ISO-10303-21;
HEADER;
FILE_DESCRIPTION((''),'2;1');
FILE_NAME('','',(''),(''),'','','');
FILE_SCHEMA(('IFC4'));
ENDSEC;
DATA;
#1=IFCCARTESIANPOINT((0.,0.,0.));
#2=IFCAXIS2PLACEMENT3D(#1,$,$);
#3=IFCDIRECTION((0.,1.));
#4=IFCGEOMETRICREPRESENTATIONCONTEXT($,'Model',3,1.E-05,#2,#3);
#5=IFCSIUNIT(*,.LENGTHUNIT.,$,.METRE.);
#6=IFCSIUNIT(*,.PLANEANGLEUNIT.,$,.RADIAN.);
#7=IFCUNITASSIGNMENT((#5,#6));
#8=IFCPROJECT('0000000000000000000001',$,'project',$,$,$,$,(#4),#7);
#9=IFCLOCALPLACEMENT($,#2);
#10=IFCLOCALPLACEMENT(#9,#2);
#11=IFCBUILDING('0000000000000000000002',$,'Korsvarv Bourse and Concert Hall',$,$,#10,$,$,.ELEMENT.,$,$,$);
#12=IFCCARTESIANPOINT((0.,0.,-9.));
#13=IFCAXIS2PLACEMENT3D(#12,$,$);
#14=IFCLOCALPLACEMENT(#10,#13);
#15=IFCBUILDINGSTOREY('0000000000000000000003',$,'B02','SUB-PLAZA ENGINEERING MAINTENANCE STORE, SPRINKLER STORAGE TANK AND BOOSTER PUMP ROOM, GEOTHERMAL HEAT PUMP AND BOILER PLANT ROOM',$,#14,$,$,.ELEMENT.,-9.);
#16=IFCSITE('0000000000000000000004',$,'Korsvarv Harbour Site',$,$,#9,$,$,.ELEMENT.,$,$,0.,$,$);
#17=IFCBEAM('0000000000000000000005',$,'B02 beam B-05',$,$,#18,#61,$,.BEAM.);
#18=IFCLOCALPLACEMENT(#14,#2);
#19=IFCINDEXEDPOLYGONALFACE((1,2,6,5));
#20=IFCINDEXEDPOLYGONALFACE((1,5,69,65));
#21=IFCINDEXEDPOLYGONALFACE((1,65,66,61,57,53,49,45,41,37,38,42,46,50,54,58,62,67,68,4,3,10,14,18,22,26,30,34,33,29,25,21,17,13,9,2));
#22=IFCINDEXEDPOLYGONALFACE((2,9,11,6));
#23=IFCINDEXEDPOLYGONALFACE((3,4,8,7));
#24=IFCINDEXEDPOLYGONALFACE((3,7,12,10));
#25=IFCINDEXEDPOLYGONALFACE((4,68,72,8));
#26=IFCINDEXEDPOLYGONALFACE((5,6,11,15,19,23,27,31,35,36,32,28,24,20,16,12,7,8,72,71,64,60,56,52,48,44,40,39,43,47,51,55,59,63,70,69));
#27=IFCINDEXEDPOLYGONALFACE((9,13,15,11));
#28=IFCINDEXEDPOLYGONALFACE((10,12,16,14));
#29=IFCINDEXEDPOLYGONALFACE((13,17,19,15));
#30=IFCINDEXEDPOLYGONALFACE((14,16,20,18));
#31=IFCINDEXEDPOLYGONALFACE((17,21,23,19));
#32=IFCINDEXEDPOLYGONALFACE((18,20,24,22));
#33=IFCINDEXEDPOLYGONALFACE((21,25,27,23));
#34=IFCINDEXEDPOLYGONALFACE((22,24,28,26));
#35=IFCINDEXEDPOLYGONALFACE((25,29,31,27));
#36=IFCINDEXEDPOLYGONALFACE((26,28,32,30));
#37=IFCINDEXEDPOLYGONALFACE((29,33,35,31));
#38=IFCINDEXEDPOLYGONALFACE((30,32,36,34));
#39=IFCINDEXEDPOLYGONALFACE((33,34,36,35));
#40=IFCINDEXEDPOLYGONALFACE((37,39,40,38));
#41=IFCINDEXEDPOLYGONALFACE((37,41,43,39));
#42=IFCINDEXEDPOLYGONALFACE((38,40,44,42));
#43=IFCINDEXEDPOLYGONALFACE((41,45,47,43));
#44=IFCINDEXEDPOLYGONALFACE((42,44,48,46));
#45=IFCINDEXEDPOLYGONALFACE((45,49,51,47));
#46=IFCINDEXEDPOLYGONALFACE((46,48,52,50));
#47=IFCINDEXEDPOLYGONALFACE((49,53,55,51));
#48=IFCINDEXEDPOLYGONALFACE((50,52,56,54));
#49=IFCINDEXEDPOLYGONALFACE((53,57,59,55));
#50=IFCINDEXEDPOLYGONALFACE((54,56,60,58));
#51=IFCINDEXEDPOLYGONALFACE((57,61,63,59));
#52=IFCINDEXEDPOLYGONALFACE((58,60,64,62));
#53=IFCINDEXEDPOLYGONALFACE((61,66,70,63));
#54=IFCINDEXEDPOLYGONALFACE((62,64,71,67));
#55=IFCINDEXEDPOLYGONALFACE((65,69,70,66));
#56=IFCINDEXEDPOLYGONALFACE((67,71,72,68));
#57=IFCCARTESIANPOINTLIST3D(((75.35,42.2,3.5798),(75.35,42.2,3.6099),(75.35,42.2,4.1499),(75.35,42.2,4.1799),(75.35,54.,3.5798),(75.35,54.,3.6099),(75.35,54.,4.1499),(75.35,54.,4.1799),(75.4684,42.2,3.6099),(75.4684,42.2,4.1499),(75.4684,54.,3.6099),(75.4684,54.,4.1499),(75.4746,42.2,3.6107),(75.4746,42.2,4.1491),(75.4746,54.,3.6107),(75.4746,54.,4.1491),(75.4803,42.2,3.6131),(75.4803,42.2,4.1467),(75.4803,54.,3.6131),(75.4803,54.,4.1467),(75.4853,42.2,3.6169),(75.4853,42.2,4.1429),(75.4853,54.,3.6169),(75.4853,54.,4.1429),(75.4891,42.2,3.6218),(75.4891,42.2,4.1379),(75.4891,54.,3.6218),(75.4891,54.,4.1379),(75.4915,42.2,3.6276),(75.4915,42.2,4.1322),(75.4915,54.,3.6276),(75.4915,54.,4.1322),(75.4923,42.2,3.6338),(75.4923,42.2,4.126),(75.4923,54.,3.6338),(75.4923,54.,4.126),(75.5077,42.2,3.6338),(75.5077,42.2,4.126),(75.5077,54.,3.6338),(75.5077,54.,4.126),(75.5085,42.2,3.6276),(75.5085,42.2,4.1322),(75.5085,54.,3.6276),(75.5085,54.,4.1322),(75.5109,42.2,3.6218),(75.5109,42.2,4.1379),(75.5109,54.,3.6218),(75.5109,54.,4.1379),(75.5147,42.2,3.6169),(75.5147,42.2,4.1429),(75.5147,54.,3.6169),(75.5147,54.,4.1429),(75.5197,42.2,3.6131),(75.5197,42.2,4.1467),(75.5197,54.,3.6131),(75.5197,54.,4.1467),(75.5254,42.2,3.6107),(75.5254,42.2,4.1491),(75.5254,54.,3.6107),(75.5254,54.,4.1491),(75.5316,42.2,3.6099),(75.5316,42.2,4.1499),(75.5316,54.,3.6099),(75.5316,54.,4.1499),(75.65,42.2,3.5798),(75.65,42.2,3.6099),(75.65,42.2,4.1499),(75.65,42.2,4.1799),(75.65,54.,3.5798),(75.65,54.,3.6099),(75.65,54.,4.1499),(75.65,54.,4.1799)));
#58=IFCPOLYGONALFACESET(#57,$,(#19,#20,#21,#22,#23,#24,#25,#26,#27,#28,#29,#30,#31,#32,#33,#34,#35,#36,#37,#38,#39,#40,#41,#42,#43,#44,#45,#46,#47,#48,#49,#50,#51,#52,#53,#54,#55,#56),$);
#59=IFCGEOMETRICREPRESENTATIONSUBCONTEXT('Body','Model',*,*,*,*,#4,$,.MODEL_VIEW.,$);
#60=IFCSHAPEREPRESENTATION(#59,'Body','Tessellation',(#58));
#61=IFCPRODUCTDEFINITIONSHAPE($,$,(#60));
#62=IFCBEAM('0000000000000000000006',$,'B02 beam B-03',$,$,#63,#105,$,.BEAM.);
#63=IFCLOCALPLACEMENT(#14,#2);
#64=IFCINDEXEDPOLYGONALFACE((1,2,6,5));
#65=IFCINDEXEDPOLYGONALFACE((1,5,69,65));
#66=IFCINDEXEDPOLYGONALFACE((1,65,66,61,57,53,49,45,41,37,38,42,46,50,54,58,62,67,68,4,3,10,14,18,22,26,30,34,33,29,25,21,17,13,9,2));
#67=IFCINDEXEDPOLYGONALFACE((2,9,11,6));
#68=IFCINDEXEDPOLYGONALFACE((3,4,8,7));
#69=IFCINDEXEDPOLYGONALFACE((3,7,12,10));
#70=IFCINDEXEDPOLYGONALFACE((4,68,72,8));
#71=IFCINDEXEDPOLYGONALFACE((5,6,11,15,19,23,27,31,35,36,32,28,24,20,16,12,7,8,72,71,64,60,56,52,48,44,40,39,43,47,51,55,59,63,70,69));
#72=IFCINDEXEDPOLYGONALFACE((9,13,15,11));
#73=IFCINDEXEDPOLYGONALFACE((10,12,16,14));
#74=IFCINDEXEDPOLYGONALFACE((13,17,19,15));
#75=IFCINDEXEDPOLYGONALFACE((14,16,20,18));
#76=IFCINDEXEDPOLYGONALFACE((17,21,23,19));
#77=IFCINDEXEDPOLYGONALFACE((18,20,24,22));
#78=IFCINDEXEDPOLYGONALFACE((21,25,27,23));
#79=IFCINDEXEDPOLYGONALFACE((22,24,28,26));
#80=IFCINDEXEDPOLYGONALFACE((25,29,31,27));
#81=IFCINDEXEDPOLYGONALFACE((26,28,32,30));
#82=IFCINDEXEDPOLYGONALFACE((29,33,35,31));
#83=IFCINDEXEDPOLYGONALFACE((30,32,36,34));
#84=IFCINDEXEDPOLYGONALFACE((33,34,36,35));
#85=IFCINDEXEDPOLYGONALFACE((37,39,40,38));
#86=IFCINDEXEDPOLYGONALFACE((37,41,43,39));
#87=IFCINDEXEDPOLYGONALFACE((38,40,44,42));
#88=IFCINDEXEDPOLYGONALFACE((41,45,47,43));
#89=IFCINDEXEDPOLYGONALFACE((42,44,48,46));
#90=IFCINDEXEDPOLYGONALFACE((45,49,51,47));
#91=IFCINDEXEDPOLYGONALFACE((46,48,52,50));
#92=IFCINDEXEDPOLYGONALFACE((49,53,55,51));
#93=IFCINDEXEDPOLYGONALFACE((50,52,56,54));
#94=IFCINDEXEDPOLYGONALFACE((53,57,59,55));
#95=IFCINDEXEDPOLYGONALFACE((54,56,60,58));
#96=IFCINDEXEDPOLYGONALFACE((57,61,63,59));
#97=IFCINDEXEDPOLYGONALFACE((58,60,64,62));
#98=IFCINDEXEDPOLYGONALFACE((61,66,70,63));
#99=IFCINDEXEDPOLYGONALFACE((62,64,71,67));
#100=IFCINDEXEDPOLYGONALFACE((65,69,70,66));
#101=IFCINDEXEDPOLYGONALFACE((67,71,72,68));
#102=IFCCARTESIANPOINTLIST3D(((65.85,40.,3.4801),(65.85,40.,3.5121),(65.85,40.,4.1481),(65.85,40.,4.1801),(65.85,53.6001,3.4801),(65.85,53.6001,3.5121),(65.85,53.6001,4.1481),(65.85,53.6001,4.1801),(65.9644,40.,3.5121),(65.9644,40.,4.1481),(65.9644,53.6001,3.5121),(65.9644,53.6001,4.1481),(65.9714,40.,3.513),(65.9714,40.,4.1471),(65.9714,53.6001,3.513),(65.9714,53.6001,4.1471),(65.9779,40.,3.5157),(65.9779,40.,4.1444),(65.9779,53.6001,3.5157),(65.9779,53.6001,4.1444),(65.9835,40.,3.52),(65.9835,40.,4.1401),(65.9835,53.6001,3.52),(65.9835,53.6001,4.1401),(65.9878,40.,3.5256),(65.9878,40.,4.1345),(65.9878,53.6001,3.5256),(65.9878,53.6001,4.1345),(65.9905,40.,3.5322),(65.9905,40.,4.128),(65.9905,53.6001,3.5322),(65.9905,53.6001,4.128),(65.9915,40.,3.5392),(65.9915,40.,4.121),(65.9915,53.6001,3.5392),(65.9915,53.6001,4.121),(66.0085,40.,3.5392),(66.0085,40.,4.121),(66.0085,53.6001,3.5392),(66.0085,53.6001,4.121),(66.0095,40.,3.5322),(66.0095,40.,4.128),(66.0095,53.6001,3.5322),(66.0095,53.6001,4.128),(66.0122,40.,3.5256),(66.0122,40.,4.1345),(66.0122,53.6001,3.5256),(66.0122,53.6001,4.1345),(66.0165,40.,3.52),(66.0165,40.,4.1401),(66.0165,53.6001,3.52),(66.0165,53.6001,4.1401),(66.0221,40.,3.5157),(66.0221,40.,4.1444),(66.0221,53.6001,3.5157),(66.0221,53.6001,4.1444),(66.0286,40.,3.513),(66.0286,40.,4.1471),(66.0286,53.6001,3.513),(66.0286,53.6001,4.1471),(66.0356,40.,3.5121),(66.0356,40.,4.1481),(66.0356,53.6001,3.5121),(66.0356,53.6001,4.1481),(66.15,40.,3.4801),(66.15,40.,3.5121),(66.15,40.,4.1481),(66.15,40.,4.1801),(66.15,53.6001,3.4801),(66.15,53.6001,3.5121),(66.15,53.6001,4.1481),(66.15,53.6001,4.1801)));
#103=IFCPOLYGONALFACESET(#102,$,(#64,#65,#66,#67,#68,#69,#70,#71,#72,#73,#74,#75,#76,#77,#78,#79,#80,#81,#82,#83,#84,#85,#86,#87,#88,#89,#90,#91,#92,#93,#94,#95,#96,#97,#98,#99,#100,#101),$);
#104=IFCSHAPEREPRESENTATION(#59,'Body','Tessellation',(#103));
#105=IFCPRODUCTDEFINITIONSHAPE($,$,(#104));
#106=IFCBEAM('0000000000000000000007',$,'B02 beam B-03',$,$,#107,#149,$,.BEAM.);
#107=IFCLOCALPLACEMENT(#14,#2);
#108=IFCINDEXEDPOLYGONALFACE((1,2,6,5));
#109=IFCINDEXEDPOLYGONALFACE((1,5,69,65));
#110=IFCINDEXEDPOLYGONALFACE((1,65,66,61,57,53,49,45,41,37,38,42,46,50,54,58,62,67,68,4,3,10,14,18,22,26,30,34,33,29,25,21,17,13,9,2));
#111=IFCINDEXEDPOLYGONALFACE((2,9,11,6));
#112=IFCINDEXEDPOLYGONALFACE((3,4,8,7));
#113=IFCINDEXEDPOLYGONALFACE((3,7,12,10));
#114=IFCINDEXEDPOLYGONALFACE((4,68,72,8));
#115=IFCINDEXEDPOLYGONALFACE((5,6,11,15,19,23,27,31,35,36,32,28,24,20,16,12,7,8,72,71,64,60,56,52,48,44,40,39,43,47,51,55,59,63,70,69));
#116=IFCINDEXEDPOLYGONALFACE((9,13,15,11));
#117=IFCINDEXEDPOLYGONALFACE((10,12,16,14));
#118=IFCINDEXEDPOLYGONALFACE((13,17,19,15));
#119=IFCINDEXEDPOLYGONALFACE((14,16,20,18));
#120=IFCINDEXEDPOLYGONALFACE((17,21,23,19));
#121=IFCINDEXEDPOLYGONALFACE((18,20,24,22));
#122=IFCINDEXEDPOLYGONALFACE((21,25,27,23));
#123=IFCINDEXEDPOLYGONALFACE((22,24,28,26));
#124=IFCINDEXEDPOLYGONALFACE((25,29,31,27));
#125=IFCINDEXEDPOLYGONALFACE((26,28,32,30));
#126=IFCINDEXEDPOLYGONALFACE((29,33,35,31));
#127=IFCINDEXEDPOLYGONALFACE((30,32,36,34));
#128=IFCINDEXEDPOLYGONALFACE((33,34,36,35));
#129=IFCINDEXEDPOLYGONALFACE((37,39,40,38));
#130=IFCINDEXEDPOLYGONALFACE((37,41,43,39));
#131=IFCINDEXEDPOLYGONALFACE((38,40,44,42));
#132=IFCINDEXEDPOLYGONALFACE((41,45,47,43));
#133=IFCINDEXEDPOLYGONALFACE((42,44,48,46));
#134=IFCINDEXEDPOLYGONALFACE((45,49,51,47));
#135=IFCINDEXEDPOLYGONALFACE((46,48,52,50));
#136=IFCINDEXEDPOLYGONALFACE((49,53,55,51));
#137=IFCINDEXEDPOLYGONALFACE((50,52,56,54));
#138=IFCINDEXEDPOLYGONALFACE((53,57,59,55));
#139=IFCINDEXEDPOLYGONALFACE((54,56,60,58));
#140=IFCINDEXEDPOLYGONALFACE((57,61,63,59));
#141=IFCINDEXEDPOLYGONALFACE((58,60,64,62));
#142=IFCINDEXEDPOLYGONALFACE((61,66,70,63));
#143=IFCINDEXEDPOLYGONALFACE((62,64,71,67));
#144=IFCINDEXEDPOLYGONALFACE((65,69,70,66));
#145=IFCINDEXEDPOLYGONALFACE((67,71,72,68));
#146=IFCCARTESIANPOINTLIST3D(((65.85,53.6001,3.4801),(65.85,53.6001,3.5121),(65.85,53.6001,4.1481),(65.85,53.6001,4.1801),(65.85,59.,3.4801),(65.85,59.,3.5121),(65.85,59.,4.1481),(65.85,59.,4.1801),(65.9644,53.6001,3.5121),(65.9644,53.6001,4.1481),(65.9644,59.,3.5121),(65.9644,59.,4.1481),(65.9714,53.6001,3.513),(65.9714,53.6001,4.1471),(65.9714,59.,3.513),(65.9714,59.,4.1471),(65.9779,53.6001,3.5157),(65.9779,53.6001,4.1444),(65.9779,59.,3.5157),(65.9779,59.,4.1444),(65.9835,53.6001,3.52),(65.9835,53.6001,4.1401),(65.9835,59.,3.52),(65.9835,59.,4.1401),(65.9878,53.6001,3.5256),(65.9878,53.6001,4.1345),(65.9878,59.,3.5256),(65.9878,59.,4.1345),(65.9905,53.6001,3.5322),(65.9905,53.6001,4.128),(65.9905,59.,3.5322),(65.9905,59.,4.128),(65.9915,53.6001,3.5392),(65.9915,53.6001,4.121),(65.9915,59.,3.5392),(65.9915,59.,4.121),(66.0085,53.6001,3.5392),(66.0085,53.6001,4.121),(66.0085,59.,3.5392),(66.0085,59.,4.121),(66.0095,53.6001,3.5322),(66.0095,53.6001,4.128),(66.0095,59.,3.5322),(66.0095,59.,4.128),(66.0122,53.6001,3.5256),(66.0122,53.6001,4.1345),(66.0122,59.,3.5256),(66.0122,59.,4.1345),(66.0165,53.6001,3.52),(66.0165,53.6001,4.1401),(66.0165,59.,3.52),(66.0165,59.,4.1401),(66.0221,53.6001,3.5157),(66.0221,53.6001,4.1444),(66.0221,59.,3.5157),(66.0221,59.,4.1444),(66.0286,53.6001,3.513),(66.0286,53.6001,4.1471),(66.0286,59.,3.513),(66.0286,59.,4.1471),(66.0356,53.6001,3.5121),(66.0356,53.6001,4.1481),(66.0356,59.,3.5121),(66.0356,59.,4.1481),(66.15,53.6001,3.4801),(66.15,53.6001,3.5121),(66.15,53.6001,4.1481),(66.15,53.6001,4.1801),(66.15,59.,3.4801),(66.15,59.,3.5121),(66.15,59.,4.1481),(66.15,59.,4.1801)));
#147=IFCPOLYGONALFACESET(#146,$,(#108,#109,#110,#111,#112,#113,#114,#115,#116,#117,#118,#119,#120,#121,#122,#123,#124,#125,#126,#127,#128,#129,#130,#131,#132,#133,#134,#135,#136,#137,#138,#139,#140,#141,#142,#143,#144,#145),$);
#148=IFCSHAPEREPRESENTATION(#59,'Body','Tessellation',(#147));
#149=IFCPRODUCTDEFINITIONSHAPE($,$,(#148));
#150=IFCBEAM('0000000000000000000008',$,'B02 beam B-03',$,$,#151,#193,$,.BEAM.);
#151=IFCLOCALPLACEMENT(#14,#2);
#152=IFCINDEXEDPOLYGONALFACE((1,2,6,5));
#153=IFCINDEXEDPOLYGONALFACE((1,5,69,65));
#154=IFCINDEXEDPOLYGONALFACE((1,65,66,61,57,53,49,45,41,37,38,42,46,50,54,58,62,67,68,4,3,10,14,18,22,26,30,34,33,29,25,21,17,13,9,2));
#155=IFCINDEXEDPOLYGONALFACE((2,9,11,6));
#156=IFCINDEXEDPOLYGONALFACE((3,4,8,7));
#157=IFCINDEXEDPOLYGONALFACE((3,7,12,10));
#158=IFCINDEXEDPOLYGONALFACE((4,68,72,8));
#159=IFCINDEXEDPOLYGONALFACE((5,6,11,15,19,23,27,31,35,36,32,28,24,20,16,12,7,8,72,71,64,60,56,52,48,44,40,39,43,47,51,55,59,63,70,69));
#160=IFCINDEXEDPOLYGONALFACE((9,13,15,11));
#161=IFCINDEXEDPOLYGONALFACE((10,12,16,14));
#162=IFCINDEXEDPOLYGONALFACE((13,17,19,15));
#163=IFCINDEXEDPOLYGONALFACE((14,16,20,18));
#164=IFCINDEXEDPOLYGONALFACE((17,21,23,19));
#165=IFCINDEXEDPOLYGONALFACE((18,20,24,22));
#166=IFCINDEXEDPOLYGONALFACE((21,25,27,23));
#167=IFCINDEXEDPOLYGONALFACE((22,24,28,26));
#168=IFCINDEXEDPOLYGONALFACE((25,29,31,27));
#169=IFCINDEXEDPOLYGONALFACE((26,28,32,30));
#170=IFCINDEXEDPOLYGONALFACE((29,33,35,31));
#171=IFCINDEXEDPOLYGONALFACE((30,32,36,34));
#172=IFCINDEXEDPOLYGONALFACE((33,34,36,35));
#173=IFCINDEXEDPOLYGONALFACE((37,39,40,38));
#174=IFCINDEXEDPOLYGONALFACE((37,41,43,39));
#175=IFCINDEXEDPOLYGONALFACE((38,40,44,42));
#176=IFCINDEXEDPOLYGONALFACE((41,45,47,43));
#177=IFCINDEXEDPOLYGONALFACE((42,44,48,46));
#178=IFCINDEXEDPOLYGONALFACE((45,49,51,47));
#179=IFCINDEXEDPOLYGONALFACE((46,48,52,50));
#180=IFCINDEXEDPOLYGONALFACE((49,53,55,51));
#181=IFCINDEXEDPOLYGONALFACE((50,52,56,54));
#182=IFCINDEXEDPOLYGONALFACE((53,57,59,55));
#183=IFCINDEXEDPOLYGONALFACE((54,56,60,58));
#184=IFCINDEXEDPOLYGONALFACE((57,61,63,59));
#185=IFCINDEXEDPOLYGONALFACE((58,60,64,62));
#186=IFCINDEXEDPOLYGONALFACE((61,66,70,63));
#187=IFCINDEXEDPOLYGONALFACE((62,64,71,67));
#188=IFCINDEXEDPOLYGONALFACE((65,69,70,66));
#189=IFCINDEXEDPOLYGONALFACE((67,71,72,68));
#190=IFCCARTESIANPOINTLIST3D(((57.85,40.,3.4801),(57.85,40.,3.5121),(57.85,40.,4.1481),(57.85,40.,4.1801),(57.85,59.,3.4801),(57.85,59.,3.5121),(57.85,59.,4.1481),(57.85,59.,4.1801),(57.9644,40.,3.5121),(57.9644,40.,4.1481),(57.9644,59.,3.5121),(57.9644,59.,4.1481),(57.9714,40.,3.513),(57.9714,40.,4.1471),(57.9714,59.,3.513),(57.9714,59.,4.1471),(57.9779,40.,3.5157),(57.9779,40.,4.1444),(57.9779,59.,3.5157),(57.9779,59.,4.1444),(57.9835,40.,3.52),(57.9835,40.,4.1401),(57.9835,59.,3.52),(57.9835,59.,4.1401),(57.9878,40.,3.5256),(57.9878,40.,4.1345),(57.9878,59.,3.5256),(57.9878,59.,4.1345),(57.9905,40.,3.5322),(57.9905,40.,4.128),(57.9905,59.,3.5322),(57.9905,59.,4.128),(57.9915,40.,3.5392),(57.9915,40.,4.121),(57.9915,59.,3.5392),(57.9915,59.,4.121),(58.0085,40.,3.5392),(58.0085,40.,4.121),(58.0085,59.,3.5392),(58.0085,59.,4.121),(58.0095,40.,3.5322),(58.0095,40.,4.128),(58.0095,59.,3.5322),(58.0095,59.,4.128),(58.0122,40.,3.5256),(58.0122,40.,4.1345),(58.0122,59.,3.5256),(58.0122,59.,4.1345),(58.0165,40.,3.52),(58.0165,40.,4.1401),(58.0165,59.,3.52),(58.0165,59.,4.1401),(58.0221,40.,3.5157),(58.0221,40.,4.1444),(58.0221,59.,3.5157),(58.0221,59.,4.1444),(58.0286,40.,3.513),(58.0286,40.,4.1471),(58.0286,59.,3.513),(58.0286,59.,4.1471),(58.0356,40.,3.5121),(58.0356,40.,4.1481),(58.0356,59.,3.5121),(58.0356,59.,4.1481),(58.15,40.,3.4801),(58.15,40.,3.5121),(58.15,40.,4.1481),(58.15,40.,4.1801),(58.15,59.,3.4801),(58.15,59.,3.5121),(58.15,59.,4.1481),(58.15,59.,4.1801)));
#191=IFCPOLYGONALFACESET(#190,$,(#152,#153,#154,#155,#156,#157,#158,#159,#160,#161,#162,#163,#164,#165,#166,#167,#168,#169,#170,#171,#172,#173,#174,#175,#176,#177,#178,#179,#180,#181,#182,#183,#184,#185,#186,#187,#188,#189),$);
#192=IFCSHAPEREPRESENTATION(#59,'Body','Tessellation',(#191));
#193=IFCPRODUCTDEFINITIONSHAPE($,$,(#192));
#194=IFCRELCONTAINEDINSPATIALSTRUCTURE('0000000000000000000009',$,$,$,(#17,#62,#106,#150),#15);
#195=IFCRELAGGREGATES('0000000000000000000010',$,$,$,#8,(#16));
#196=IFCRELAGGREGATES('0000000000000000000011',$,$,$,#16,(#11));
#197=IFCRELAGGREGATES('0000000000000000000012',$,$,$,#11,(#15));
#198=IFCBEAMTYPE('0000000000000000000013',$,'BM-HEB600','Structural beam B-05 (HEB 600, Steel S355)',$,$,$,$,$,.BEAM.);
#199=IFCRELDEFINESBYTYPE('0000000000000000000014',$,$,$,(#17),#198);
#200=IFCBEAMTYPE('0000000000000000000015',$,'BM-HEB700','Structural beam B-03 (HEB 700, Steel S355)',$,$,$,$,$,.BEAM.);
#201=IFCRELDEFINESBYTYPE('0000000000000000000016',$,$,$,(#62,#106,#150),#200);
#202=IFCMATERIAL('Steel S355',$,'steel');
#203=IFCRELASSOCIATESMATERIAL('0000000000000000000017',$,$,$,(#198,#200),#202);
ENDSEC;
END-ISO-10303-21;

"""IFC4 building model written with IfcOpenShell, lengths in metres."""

from ifc_helpers import new_model, si_unit, direction, frame, origin, origin_2d, place, context, subcontext, project, spatial, i_section, extrude, source, transform, mapped, material, material_profile, profile_set, type_object, element, save


model = new_model("IFC4")

# Units and contexts
model_context = context("Model", 3, precision=1e-05, world=origin(), true_north=direction((0.0, 1.0)))
body_context = subcontext(model_context, "Body", "Model", "MODEL_VIEW")
ifc_project = project(units=[si_unit("LENGTHUNIT", "METRE"), si_unit("PLANEANGLEUNIT", "RADIAN")], contexts=[model_context])

# Site, building, storey
site_placement = place(None, origin())
site = spatial("IfcSite", under=ifc_project, at=site_placement, Name="Korsvarv Harbour Site", CompositionType="ELEMENT", RefElevation=0.0)
building_placement = place(site_placement, origin())
building = spatial("IfcBuilding", under=site, at=building_placement, Name="Korsvarv Bourse and Concert Hall", CompositionType="ELEMENT")
storey_placement = place(building_placement, frame((0.0, 0.0, -9.0)))
storey = spatial("IfcBuildingStorey", under=building, at=storey_placement, Name="B02", Description="SUB-PLAZA ENGINEERING MAINTENANCE STORE, SPRINKLER STORAGE TANK AND BOOSTER PUMP ROOM, GEOTHERMAL HEAT PUMP AND BOILER PLANT ROOM", CompositionType="ELEMENT", Elevation=-9.0)

# Beams
ifc_material_1 = material(Name="Steel S355", Category="steel")
ifc_material_profile_1 = material_profile(ifc_material_1, i_section(OverallWidth=0.3, OverallDepth=0.6001, WebThickness=0.0154, FlangeThickness=0.03, FilletRadius=0.0239, at=origin_2d()), Name="HEB 600")
ifc_profile_set_1 = profile_set([ifc_material_profile_1], Name="Steel S355")
beam_type_1 = type_object("IfcBeamType", Name="BM-HEB600", Description="Structural beam B-05 (HEB 600, Steel S355)", PredefinedType="BEAM", material=ifc_profile_set_1)
shared_shape_1 = source(origin(), body_context, "Body", "SweptSolid", [
    extrude(i_section(OverallWidth=0.3, OverallDepth=0.6001, WebThickness=0.0154, FlangeThickness=0.03, FilletRadius=0.0239, at=origin_2d()), origin(), (0.0, 0.0, 1.0), 11.8),
])
beam_1_placement = place(storey_placement, frame((75.5, 42.2, 3.8799), z_axis=(0.0, 1.0, 0.0), x_axis=(-1.0, 0.0, 0.0)))
element("IfcBeam", 1, at=beam_1_placement, inside=storey, type_object=beam_type_1, Name="B02 beam B-05", PredefinedType="BEAM", context=body_context, shape_type="MappedRepresentation", body=[
    mapped(shared_shape_1, transform((0.0, 0.0, 0.0), scale=1.0)),
])
ifc_material_profile_2 = material_profile(ifc_material_1, i_section(OverallWidth=0.3, OverallDepth=0.7, WebThickness=0.0171, FlangeThickness=0.032, FilletRadius=0.0271, at=origin_2d()), Name="HEB 700")
ifc_profile_set_2 = profile_set([ifc_material_profile_2], Name="Steel S355")
beam_type_2 = type_object("IfcBeamType", Name="BM-HEB700", Description="Structural beam B-03 (HEB 700, Steel S355)", PredefinedType="BEAM", material=ifc_profile_set_2)
shared_shape_2 = source(origin(), body_context, "Body", "SweptSolid", [
    extrude(i_section(OverallWidth=0.3, OverallDepth=0.7, WebThickness=0.0171, FlangeThickness=0.032, FilletRadius=0.0271, at=origin_2d()), origin(), (0.0, 0.0, 1.0), 13.6001),
])
beam_2_placement = place(storey_placement, frame((66.0, 40.0, 3.8301), z_axis=(0.0, 1.0, 0.0), x_axis=(-1.0, 0.0, 0.0)))
element("IfcBeam", 2, at=beam_2_placement, inside=storey, type_object=beam_type_2, Name="B02 beam B-03", PredefinedType="BEAM", context=body_context, shape_type="MappedRepresentation", body=[
    mapped(shared_shape_2, transform((0.0, 0.0, 0.0), scale=1.0)),
])
shared_shape_3 = source(origin(), body_context, "Body", "SweptSolid", [
    extrude(i_section(OverallWidth=0.3, OverallDepth=0.7, WebThickness=0.0171, FlangeThickness=0.032, FilletRadius=0.0271, at=origin_2d()), origin(), (0.0, 0.0, 1.0), 5.3999),
])
beam_3_placement = place(storey_placement, frame((66.0, 53.6001, 3.8301), z_axis=(0.0, 1.0, 0.0), x_axis=(-1.0, 0.0, 0.0)))
element("IfcBeam", 3, at=beam_3_placement, inside=storey, type_object=beam_type_2, Name="B02 beam B-03", PredefinedType="BEAM", context=body_context, shape_type="MappedRepresentation", body=[
    mapped(shared_shape_3, transform((0.0, 0.0, 0.0), scale=1.0)),
])
shared_shape_4 = source(origin(), body_context, "Body", "SweptSolid", [
    extrude(i_section(OverallWidth=0.3, OverallDepth=0.7, WebThickness=0.0171, FlangeThickness=0.032, FilletRadius=0.0271, at=origin_2d()), origin(), (0.0, 0.0, 1.0), 19.0),
])
beam_4_placement = place(storey_placement, frame((58.0, 40.0, 3.8301), z_axis=(0.0, 1.0, 0.0), x_axis=(-1.0, 0.0, 0.0)))
element("IfcBeam", 4, at=beam_4_placement, inside=storey, type_object=beam_type_2, Name="B02 beam B-03", PredefinedType="BEAM", context=body_context, shape_type="MappedRepresentation", body=[
    mapped(shared_shape_4, transform((0.0, 0.0, 0.0), scale=1.0)),
])

save(model, "model.ifc")
